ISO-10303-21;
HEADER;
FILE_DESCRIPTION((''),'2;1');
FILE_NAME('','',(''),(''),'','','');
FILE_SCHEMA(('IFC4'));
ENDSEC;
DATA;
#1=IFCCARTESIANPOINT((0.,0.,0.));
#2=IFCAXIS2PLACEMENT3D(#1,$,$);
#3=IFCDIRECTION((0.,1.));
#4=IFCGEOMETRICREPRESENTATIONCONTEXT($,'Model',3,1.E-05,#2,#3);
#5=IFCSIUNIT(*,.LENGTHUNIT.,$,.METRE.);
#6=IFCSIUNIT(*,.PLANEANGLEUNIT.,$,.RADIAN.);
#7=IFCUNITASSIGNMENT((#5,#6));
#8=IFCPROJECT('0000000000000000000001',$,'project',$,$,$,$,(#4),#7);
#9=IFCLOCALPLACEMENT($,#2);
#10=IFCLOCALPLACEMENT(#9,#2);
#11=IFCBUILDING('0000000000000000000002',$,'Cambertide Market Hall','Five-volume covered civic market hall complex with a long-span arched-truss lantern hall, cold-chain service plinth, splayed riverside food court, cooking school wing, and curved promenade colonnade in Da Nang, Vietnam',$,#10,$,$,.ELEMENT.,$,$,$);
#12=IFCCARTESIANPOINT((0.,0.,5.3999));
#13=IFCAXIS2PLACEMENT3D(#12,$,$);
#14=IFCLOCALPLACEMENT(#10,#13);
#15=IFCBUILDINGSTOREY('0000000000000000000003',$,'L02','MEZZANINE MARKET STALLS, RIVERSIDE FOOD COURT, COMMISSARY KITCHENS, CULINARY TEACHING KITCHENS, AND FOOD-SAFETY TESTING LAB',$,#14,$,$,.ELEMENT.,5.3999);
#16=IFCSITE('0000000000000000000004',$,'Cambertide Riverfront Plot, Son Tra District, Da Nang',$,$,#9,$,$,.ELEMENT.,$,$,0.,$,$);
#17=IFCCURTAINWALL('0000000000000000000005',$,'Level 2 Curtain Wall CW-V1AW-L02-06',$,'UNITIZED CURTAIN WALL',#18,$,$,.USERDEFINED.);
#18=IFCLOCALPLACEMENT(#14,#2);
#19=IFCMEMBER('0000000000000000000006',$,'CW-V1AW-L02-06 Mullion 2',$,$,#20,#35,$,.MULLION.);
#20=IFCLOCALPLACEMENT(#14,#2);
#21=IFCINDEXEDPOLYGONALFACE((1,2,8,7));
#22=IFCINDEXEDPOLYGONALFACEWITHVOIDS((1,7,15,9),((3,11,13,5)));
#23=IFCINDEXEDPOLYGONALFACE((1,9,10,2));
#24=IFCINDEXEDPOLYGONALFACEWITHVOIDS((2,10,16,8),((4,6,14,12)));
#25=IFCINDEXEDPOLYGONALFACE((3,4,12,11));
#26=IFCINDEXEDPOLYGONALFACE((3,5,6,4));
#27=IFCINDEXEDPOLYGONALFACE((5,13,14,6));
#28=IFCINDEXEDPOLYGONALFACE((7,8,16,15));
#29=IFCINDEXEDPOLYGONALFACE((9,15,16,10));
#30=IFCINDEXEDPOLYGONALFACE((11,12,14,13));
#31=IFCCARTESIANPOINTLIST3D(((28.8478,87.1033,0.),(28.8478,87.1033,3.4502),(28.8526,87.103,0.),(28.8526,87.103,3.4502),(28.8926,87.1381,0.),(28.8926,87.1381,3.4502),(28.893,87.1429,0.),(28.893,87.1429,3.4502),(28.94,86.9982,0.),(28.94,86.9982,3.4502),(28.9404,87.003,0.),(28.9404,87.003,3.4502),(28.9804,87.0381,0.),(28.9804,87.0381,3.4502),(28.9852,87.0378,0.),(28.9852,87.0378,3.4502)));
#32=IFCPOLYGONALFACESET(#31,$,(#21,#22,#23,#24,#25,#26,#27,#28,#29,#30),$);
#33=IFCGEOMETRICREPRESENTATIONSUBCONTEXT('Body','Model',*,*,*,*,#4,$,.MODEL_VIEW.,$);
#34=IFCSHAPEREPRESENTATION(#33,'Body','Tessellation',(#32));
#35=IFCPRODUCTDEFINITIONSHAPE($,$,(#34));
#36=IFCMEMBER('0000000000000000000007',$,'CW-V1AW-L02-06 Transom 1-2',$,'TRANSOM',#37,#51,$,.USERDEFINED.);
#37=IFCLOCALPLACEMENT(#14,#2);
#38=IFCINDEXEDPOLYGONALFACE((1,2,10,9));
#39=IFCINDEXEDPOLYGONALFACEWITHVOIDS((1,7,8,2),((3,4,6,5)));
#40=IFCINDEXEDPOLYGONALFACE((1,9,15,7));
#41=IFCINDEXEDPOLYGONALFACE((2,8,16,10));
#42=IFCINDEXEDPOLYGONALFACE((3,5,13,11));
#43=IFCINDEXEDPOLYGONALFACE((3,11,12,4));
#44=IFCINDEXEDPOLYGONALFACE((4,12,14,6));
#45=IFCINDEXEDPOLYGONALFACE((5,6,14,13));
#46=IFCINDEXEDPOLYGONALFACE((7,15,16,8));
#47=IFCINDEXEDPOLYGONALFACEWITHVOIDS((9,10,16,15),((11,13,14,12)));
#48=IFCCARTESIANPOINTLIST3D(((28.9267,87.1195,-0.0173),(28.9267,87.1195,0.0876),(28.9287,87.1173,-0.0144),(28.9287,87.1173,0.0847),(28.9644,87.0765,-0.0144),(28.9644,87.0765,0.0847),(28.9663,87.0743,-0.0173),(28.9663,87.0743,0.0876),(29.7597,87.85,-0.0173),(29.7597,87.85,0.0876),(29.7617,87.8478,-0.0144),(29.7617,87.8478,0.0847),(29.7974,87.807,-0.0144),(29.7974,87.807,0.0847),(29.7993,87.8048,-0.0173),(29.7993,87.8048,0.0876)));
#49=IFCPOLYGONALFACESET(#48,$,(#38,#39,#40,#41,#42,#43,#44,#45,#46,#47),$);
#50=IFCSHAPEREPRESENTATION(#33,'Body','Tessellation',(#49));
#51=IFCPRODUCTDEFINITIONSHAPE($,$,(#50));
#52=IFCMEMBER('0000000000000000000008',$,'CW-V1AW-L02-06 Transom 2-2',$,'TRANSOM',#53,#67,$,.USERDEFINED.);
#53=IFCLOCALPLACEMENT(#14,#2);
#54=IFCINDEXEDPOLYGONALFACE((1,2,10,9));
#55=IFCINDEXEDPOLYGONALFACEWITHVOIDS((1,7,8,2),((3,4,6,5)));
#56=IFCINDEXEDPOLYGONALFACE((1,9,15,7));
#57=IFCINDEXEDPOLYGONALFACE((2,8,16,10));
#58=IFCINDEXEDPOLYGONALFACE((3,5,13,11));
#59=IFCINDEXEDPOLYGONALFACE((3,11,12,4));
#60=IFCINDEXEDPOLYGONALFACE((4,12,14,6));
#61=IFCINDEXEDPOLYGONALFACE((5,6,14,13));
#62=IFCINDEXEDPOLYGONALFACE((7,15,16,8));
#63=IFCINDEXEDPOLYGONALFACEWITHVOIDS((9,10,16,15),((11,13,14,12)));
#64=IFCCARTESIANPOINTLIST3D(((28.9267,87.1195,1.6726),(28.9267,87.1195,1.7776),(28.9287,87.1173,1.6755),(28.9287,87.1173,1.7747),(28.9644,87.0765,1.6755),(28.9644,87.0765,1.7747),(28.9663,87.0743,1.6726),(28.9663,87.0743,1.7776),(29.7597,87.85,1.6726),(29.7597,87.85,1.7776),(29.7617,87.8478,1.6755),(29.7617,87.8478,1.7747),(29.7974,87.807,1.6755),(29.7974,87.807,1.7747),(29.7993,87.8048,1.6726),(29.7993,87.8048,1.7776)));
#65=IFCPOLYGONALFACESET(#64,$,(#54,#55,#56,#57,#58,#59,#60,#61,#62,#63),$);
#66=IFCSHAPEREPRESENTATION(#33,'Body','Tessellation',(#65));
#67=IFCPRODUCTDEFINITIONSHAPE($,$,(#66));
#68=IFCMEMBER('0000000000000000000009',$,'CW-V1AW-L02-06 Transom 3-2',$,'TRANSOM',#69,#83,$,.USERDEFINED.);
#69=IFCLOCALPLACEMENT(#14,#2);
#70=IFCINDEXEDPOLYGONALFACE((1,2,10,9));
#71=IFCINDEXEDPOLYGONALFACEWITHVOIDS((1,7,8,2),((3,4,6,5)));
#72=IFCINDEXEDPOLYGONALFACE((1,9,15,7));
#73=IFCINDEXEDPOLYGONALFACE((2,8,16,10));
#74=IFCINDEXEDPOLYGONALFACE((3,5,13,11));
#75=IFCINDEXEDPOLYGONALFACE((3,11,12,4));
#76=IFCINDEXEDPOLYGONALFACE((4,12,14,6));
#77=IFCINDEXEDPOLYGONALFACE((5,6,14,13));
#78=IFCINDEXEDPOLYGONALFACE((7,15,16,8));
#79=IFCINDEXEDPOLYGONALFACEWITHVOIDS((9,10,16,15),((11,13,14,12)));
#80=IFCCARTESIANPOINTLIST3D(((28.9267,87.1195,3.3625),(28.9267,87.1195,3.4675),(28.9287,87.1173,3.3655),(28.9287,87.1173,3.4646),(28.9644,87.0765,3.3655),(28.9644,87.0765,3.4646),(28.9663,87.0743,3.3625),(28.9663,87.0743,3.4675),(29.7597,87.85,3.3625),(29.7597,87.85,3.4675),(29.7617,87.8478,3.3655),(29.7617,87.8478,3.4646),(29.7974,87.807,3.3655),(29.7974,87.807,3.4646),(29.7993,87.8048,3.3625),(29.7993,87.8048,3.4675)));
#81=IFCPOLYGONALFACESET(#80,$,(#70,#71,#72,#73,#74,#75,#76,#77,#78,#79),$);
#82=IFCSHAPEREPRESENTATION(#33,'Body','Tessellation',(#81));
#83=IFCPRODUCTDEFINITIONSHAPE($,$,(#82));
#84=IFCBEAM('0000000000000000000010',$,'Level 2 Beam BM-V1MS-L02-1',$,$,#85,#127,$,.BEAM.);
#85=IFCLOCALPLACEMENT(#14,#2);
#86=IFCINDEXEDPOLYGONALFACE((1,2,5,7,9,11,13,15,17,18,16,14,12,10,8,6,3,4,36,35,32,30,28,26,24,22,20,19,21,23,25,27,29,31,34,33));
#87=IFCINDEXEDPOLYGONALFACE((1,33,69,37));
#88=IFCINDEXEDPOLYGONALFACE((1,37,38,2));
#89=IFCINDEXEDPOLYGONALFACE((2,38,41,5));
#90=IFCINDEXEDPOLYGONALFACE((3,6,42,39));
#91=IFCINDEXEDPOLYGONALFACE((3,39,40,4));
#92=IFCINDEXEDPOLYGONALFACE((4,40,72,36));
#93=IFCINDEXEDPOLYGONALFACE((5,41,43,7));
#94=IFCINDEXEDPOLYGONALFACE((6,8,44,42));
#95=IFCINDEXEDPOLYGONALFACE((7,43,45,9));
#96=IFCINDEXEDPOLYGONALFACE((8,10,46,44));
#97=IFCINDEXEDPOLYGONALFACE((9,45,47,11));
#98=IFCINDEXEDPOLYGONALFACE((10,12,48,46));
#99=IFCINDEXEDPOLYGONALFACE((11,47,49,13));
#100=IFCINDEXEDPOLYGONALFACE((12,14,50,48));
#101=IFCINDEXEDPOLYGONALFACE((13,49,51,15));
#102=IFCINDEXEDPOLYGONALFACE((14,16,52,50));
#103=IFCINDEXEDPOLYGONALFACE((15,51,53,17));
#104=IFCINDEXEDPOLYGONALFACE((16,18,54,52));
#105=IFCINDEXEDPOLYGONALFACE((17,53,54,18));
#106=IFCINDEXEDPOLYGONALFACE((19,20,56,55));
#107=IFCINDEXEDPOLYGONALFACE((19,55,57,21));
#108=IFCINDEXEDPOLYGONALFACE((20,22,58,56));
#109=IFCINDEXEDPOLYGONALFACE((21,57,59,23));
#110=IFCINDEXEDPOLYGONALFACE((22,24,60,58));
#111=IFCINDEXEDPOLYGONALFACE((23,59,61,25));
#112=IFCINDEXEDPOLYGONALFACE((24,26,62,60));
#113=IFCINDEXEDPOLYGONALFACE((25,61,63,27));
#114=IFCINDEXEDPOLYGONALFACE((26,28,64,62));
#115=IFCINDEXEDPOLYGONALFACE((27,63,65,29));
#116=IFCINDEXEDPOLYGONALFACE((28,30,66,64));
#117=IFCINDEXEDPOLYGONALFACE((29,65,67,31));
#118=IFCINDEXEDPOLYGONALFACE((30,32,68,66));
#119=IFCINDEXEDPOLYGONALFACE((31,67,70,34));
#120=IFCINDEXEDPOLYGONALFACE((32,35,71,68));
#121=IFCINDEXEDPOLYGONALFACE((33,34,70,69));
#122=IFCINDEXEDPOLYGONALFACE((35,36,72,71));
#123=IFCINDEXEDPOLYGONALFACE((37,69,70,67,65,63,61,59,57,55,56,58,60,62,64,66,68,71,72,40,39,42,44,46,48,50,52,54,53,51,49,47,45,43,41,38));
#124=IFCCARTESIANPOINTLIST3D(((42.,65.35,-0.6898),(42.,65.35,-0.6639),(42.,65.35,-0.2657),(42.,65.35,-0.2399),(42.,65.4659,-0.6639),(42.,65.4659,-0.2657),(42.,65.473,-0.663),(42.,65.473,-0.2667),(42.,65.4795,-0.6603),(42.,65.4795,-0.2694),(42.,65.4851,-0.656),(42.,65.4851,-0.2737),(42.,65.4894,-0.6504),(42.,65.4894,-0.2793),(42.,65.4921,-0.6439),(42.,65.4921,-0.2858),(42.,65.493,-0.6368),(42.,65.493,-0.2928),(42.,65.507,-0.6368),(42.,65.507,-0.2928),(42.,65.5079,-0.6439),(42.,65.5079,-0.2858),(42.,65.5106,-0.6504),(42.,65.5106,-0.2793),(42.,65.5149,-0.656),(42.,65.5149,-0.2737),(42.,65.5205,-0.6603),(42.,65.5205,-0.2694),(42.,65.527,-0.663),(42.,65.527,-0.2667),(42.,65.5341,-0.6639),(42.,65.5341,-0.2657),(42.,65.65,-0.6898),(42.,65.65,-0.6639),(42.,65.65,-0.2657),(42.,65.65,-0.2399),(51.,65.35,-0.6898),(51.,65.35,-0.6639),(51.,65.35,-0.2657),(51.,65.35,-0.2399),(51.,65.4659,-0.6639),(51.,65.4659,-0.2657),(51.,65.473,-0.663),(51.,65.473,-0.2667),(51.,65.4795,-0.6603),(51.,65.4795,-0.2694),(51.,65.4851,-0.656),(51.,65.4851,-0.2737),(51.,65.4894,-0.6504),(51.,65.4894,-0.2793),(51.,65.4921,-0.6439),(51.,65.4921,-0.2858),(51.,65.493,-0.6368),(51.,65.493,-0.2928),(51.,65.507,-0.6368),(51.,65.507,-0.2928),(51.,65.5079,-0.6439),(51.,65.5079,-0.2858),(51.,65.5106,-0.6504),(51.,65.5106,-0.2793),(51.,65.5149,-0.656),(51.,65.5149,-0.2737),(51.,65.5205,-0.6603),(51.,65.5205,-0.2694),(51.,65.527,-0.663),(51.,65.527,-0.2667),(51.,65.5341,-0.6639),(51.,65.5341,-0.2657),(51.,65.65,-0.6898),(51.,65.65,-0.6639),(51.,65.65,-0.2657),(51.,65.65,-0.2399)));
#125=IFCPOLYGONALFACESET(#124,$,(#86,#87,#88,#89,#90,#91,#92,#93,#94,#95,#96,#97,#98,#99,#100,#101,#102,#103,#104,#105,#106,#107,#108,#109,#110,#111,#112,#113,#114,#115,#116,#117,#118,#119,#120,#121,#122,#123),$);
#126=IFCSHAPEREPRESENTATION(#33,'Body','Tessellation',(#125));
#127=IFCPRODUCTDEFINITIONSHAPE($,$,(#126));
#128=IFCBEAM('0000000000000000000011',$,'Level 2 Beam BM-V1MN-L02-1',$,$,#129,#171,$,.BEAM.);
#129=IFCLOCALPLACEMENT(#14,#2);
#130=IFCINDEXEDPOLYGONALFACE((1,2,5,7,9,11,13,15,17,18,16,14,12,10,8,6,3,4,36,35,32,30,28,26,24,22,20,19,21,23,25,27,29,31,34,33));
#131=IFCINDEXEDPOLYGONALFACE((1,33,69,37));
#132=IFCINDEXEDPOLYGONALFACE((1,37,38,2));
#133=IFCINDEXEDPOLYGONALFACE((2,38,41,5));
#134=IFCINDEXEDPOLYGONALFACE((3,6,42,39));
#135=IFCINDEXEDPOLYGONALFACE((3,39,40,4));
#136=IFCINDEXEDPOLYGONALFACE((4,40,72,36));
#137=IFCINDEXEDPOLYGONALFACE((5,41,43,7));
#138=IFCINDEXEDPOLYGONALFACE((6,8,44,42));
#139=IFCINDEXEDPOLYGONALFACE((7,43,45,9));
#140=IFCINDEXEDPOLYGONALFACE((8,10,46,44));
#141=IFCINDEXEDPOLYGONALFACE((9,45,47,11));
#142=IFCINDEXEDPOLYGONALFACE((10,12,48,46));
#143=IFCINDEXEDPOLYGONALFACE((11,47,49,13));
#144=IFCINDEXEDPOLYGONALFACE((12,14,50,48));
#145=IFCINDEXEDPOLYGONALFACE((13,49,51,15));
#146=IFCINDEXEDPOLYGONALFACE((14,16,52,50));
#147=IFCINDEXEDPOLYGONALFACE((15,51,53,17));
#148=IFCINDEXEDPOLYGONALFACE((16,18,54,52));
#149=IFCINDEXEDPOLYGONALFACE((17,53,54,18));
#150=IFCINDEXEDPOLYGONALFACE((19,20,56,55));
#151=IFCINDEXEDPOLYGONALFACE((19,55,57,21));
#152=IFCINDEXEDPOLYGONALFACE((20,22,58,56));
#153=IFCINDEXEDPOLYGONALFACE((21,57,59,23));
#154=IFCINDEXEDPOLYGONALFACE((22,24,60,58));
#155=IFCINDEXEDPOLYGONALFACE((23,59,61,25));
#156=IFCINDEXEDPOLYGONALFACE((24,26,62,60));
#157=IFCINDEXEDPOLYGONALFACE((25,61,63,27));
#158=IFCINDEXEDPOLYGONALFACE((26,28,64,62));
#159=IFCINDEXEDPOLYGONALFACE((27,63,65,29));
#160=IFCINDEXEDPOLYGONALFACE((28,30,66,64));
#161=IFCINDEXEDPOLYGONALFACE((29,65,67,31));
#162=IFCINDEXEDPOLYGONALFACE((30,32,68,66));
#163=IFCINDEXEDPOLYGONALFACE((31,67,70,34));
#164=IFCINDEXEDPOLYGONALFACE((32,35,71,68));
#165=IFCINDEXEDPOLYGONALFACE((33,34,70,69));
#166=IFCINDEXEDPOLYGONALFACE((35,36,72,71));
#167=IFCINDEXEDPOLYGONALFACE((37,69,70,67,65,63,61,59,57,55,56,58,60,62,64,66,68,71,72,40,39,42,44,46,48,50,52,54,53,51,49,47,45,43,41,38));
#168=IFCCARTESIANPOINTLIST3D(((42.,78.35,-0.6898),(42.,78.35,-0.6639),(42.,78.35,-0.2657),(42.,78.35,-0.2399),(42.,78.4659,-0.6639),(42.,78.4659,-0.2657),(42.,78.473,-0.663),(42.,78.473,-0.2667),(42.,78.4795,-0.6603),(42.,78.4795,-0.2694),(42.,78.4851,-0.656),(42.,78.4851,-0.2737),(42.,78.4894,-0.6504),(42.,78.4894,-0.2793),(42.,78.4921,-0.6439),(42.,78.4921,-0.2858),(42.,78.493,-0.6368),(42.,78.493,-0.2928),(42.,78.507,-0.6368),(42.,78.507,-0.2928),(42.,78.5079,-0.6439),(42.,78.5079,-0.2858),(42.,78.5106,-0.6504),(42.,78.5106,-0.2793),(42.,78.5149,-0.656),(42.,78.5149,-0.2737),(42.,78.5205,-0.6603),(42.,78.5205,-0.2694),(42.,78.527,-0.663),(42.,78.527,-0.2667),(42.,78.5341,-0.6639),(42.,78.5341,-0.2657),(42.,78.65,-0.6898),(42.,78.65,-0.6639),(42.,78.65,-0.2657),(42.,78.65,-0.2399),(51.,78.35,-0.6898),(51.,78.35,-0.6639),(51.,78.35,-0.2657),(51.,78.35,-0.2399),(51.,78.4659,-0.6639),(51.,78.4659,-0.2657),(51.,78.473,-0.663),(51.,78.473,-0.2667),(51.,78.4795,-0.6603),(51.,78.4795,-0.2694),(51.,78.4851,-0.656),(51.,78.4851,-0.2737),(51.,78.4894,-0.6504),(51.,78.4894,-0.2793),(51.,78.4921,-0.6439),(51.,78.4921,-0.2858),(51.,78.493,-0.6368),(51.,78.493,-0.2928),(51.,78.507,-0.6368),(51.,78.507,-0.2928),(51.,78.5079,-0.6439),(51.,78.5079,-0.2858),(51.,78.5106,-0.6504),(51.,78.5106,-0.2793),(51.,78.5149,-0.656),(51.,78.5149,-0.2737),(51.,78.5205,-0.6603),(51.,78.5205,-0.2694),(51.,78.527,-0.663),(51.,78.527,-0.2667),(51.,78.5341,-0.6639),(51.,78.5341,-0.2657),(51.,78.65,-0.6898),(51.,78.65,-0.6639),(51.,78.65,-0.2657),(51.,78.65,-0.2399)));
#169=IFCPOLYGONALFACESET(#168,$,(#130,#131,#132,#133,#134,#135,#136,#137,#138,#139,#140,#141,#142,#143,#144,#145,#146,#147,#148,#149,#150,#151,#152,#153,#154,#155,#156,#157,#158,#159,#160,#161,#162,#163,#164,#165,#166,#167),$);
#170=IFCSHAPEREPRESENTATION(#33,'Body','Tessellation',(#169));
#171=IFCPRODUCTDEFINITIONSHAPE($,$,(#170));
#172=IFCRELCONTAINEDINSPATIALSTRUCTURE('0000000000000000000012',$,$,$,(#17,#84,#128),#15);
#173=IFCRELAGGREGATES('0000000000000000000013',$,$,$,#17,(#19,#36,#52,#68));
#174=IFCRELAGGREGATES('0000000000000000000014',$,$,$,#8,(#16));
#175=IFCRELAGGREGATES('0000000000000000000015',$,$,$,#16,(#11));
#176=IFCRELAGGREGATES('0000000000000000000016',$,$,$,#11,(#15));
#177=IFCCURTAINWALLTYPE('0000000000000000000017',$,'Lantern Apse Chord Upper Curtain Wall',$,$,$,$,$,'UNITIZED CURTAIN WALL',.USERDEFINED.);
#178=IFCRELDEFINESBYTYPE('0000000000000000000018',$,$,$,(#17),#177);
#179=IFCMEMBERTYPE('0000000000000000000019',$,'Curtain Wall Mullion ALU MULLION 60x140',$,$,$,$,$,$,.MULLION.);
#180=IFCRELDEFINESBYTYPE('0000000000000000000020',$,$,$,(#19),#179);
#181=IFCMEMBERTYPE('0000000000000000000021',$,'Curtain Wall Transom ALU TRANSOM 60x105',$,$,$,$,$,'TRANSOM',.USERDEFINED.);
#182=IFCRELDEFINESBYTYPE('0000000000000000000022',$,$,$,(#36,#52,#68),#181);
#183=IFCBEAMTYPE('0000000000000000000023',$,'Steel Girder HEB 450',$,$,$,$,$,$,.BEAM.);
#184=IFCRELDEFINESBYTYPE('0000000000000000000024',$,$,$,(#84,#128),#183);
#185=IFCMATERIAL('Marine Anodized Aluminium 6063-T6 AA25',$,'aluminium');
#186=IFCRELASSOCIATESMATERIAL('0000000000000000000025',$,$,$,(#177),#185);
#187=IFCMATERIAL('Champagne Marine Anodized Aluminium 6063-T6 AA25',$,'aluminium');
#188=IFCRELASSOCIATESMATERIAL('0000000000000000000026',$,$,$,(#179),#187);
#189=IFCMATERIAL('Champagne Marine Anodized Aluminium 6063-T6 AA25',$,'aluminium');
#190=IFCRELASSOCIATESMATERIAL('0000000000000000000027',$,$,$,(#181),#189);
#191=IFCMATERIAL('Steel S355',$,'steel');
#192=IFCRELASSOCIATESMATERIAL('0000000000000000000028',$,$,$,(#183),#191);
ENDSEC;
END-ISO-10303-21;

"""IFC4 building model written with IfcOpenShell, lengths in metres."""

from ifc_helpers import new_model, si_unit, direction, frame, origin, origin_2d, place, context, subcontext, project, spatial, hollow_rectangle, i_section, extrude, material, material_profile, profile_set, type_object, element, aggregate, save


model = new_model("IFC4")

# Units and contexts
model_context = context("Model", 3, precision=1e-05, world=origin(), true_north=direction((0.0, 1.0)))
body_context = subcontext(model_context, "Body", "Model", "MODEL_VIEW")
ifc_project = project(units=[si_unit("LENGTHUNIT", "METRE"), si_unit("PLANEANGLEUNIT", "RADIAN")], contexts=[model_context])

# Site, building, storey
site_placement = place(None, origin())
site = spatial("IfcSite", under=ifc_project, at=site_placement, Name="Cambertide Riverfront Plot, Son Tra District, Da Nang", CompositionType="ELEMENT", RefElevation=0.0)
building_placement = place(site_placement, origin())
building = spatial("IfcBuilding", under=site, at=building_placement, Name="Cambertide Market Hall", Description="Five-volume covered civic market hall complex with a long-span arched-truss lantern hall, cold-chain service plinth, splayed riverside food court, cooking school wing, and curved promenade colonnade in Da Nang, Vietnam", CompositionType="ELEMENT")
storey_placement = place(building_placement, frame((0.0, 0.0, 5.3999)))
storey = spatial("IfcBuildingStorey", under=building, at=storey_placement, Name="L02", Description="MEZZANINE MARKET STALLS, RIVERSIDE FOOD COURT, COMMISSARY KITCHENS, CULINARY TEACHING KITCHENS, AND FOOD-SAFETY TESTING LAB", CompositionType="ELEMENT", Elevation=5.3999)

# Curtain wall, members
ifc_material_1 = material(Name="Marine Anodized Aluminium 6063-T6 AA25", Category="aluminium")
curtain_wall_type = type_object("IfcCurtainWallType", Name="Lantern Apse Chord Upper Curtain Wall", ElementType="UNITIZED CURTAIN WALL", PredefinedType="USERDEFINED", material=ifc_material_1)
curtain_wall_placement = place(storey_placement, origin())
curtain_wall = element("IfcCurtainWall", 1, at=curtain_wall_placement, inside=storey, type_object=curtain_wall_type, Name="Level 2 Curtain Wall CW-V1AW-L02-06", ObjectType="UNITIZED CURTAIN WALL", PredefinedType="USERDEFINED")
ifc_material_2 = material(Name="Champagne Marine Anodized Aluminium 6063-T6 AA25", Category="aluminium")
ifc_material_profile_1 = material_profile(ifc_material_2, hollow_rectangle(XDim=0.0601, YDim=0.1399, WallThickness=0.0034, at=origin_2d()), Name="ALU MULLION 60x140")
ifc_profile_set_1 = profile_set([ifc_material_profile_1], Name="Champagne Marine Anodized Aluminium 6063-T6 AA25")
member_type_1 = type_object("IfcMemberType", Name="Curtain Wall Mullion ALU MULLION 60x140", PredefinedType="MULLION", material=ifc_profile_set_1)
member_1_placement = place(storey_placement, frame((28.9165, 87.0706, 0.0), z_axis=(0.0, 0.0, 1.0), x_axis=(0.75184, 0.659346, 0.0)))
member_1 = element("IfcMember", 2, at=member_1_placement, type_object=member_type_1, Name="CW-V1AW-L02-06 Mullion 2", PredefinedType="MULLION", context=body_context, shape_type="SweptSolid", body=[
    extrude(hollow_rectangle(XDim=0.0601, YDim=0.1399, WallThickness=0.0034, at=origin_2d()), origin(), (0.0, 0.0, 1.0), 3.4502),
])
ifc_material_3 = material(Name="Champagne Marine Anodized Aluminium 6063-T6 AA25", Category="aluminium")
ifc_material_profile_2 = material_profile(ifc_material_3, hollow_rectangle(XDim=0.0601, YDim=0.105, WallThickness=0.0029, at=origin_2d()), Name="ALU TRANSOM 60x105")
ifc_profile_set_2 = profile_set([ifc_material_profile_2], Name="Champagne Marine Anodized Aluminium 6063-T6 AA25")
member_type_2 = type_object("IfcMemberType", Name="Curtain Wall Transom ALU TRANSOM 60x105", ElementType="TRANSOM", PredefinedType="USERDEFINED", material=ifc_profile_set_2)
member_2_placement = place(storey_placement, frame((28.9465, 87.0969, 0.0352), z_axis=(0.751866, 0.659315, 0.0), x_axis=(-0.659315, 0.751866, 0.0)))
member_2 = element("IfcMember", 3, at=member_2_placement, type_object=member_type_2, Name="CW-V1AW-L02-06 Transom 1-2", ObjectType="TRANSOM", PredefinedType="USERDEFINED", context=body_context, shape_type="SweptSolid", body=[
    extrude(hollow_rectangle(XDim=0.0601, YDim=0.105, WallThickness=0.0029, at=origin_2d()), origin(), (0.0, 0.0, 1.0), 1.1079),
])
member_3_placement = place(storey_placement, frame((28.9465, 87.0969, 1.7251), z_axis=(0.751866, 0.659315, 0.0), x_axis=(-0.659315, 0.751866, 0.0)))
member_3 = element("IfcMember", 4, at=member_3_placement, type_object=member_type_2, Name="CW-V1AW-L02-06 Transom 2-2", ObjectType="TRANSOM", PredefinedType="USERDEFINED", context=body_context, shape_type="SweptSolid", body=[
    extrude(hollow_rectangle(XDim=0.0601, YDim=0.105, WallThickness=0.0029, at=origin_2d()), origin(), (0.0, 0.0, 1.0), 1.1079),
])
member_4_placement = place(storey_placement, frame((28.9465, 87.0969, 3.415), z_axis=(0.751866, 0.659315, 0.0), x_axis=(-0.659315, 0.751866, 0.0)))
member_4 = element("IfcMember", 5, at=member_4_placement, type_object=member_type_2, Name="CW-V1AW-L02-06 Transom 3-2", ObjectType="TRANSOM", PredefinedType="USERDEFINED", context=body_context, shape_type="SweptSolid", body=[
    extrude(hollow_rectangle(XDim=0.0601, YDim=0.105, WallThickness=0.0029, at=origin_2d()), origin(), (0.0, 0.0, 1.0), 1.1079),
])

# Beams
ifc_material_4 = material(Name="Steel S355", Category="steel")
ifc_material_profile_3 = material_profile(ifc_material_4, i_section(OverallWidth=0.3, OverallDepth=0.45, WebThickness=0.0139, FlangeThickness=0.0259, FilletRadius=0.0271, at=origin_2d()), Name="HEB 450")
ifc_profile_set_3 = profile_set([ifc_material_profile_3], Name="Steel S355")
beam_type = type_object("IfcBeamType", Name="Steel Girder HEB 450", PredefinedType="BEAM", material=ifc_profile_set_3)
for number, where, z_axis, x_axis, name in (
    (6, (42.0, 65.5, -0.4648), (1.0, 0.0, 0.0), (0.0, 1.0, 0.0), "Level 2 Beam BM-V1MS-L02-1"),
    (7, (42.0, 78.5, -0.4648), (1.0, 0.0, 0.0), (0.0, 1.0, 0.0), "Level 2 Beam BM-V1MN-L02-1"),
):
    element("IfcBeam", number, at=place(storey_placement, frame(where, z_axis=z_axis, x_axis=x_axis)), inside=storey, type_object=beam_type, Name=name, PredefinedType="BEAM", context=body_context, shape_type="SweptSolid", body=[
        extrude(i_section(OverallWidth=0.3, OverallDepth=0.45, WebThickness=0.0139, FlangeThickness=0.0259, FilletRadius=0.0271, at=origin_2d()), origin(), (0.0, 0.0, 1.0), 9.0),
    ])

aggregate(curtain_wall, [member_1, member_2, member_3, member_4])

save(model, "model.ifc")
